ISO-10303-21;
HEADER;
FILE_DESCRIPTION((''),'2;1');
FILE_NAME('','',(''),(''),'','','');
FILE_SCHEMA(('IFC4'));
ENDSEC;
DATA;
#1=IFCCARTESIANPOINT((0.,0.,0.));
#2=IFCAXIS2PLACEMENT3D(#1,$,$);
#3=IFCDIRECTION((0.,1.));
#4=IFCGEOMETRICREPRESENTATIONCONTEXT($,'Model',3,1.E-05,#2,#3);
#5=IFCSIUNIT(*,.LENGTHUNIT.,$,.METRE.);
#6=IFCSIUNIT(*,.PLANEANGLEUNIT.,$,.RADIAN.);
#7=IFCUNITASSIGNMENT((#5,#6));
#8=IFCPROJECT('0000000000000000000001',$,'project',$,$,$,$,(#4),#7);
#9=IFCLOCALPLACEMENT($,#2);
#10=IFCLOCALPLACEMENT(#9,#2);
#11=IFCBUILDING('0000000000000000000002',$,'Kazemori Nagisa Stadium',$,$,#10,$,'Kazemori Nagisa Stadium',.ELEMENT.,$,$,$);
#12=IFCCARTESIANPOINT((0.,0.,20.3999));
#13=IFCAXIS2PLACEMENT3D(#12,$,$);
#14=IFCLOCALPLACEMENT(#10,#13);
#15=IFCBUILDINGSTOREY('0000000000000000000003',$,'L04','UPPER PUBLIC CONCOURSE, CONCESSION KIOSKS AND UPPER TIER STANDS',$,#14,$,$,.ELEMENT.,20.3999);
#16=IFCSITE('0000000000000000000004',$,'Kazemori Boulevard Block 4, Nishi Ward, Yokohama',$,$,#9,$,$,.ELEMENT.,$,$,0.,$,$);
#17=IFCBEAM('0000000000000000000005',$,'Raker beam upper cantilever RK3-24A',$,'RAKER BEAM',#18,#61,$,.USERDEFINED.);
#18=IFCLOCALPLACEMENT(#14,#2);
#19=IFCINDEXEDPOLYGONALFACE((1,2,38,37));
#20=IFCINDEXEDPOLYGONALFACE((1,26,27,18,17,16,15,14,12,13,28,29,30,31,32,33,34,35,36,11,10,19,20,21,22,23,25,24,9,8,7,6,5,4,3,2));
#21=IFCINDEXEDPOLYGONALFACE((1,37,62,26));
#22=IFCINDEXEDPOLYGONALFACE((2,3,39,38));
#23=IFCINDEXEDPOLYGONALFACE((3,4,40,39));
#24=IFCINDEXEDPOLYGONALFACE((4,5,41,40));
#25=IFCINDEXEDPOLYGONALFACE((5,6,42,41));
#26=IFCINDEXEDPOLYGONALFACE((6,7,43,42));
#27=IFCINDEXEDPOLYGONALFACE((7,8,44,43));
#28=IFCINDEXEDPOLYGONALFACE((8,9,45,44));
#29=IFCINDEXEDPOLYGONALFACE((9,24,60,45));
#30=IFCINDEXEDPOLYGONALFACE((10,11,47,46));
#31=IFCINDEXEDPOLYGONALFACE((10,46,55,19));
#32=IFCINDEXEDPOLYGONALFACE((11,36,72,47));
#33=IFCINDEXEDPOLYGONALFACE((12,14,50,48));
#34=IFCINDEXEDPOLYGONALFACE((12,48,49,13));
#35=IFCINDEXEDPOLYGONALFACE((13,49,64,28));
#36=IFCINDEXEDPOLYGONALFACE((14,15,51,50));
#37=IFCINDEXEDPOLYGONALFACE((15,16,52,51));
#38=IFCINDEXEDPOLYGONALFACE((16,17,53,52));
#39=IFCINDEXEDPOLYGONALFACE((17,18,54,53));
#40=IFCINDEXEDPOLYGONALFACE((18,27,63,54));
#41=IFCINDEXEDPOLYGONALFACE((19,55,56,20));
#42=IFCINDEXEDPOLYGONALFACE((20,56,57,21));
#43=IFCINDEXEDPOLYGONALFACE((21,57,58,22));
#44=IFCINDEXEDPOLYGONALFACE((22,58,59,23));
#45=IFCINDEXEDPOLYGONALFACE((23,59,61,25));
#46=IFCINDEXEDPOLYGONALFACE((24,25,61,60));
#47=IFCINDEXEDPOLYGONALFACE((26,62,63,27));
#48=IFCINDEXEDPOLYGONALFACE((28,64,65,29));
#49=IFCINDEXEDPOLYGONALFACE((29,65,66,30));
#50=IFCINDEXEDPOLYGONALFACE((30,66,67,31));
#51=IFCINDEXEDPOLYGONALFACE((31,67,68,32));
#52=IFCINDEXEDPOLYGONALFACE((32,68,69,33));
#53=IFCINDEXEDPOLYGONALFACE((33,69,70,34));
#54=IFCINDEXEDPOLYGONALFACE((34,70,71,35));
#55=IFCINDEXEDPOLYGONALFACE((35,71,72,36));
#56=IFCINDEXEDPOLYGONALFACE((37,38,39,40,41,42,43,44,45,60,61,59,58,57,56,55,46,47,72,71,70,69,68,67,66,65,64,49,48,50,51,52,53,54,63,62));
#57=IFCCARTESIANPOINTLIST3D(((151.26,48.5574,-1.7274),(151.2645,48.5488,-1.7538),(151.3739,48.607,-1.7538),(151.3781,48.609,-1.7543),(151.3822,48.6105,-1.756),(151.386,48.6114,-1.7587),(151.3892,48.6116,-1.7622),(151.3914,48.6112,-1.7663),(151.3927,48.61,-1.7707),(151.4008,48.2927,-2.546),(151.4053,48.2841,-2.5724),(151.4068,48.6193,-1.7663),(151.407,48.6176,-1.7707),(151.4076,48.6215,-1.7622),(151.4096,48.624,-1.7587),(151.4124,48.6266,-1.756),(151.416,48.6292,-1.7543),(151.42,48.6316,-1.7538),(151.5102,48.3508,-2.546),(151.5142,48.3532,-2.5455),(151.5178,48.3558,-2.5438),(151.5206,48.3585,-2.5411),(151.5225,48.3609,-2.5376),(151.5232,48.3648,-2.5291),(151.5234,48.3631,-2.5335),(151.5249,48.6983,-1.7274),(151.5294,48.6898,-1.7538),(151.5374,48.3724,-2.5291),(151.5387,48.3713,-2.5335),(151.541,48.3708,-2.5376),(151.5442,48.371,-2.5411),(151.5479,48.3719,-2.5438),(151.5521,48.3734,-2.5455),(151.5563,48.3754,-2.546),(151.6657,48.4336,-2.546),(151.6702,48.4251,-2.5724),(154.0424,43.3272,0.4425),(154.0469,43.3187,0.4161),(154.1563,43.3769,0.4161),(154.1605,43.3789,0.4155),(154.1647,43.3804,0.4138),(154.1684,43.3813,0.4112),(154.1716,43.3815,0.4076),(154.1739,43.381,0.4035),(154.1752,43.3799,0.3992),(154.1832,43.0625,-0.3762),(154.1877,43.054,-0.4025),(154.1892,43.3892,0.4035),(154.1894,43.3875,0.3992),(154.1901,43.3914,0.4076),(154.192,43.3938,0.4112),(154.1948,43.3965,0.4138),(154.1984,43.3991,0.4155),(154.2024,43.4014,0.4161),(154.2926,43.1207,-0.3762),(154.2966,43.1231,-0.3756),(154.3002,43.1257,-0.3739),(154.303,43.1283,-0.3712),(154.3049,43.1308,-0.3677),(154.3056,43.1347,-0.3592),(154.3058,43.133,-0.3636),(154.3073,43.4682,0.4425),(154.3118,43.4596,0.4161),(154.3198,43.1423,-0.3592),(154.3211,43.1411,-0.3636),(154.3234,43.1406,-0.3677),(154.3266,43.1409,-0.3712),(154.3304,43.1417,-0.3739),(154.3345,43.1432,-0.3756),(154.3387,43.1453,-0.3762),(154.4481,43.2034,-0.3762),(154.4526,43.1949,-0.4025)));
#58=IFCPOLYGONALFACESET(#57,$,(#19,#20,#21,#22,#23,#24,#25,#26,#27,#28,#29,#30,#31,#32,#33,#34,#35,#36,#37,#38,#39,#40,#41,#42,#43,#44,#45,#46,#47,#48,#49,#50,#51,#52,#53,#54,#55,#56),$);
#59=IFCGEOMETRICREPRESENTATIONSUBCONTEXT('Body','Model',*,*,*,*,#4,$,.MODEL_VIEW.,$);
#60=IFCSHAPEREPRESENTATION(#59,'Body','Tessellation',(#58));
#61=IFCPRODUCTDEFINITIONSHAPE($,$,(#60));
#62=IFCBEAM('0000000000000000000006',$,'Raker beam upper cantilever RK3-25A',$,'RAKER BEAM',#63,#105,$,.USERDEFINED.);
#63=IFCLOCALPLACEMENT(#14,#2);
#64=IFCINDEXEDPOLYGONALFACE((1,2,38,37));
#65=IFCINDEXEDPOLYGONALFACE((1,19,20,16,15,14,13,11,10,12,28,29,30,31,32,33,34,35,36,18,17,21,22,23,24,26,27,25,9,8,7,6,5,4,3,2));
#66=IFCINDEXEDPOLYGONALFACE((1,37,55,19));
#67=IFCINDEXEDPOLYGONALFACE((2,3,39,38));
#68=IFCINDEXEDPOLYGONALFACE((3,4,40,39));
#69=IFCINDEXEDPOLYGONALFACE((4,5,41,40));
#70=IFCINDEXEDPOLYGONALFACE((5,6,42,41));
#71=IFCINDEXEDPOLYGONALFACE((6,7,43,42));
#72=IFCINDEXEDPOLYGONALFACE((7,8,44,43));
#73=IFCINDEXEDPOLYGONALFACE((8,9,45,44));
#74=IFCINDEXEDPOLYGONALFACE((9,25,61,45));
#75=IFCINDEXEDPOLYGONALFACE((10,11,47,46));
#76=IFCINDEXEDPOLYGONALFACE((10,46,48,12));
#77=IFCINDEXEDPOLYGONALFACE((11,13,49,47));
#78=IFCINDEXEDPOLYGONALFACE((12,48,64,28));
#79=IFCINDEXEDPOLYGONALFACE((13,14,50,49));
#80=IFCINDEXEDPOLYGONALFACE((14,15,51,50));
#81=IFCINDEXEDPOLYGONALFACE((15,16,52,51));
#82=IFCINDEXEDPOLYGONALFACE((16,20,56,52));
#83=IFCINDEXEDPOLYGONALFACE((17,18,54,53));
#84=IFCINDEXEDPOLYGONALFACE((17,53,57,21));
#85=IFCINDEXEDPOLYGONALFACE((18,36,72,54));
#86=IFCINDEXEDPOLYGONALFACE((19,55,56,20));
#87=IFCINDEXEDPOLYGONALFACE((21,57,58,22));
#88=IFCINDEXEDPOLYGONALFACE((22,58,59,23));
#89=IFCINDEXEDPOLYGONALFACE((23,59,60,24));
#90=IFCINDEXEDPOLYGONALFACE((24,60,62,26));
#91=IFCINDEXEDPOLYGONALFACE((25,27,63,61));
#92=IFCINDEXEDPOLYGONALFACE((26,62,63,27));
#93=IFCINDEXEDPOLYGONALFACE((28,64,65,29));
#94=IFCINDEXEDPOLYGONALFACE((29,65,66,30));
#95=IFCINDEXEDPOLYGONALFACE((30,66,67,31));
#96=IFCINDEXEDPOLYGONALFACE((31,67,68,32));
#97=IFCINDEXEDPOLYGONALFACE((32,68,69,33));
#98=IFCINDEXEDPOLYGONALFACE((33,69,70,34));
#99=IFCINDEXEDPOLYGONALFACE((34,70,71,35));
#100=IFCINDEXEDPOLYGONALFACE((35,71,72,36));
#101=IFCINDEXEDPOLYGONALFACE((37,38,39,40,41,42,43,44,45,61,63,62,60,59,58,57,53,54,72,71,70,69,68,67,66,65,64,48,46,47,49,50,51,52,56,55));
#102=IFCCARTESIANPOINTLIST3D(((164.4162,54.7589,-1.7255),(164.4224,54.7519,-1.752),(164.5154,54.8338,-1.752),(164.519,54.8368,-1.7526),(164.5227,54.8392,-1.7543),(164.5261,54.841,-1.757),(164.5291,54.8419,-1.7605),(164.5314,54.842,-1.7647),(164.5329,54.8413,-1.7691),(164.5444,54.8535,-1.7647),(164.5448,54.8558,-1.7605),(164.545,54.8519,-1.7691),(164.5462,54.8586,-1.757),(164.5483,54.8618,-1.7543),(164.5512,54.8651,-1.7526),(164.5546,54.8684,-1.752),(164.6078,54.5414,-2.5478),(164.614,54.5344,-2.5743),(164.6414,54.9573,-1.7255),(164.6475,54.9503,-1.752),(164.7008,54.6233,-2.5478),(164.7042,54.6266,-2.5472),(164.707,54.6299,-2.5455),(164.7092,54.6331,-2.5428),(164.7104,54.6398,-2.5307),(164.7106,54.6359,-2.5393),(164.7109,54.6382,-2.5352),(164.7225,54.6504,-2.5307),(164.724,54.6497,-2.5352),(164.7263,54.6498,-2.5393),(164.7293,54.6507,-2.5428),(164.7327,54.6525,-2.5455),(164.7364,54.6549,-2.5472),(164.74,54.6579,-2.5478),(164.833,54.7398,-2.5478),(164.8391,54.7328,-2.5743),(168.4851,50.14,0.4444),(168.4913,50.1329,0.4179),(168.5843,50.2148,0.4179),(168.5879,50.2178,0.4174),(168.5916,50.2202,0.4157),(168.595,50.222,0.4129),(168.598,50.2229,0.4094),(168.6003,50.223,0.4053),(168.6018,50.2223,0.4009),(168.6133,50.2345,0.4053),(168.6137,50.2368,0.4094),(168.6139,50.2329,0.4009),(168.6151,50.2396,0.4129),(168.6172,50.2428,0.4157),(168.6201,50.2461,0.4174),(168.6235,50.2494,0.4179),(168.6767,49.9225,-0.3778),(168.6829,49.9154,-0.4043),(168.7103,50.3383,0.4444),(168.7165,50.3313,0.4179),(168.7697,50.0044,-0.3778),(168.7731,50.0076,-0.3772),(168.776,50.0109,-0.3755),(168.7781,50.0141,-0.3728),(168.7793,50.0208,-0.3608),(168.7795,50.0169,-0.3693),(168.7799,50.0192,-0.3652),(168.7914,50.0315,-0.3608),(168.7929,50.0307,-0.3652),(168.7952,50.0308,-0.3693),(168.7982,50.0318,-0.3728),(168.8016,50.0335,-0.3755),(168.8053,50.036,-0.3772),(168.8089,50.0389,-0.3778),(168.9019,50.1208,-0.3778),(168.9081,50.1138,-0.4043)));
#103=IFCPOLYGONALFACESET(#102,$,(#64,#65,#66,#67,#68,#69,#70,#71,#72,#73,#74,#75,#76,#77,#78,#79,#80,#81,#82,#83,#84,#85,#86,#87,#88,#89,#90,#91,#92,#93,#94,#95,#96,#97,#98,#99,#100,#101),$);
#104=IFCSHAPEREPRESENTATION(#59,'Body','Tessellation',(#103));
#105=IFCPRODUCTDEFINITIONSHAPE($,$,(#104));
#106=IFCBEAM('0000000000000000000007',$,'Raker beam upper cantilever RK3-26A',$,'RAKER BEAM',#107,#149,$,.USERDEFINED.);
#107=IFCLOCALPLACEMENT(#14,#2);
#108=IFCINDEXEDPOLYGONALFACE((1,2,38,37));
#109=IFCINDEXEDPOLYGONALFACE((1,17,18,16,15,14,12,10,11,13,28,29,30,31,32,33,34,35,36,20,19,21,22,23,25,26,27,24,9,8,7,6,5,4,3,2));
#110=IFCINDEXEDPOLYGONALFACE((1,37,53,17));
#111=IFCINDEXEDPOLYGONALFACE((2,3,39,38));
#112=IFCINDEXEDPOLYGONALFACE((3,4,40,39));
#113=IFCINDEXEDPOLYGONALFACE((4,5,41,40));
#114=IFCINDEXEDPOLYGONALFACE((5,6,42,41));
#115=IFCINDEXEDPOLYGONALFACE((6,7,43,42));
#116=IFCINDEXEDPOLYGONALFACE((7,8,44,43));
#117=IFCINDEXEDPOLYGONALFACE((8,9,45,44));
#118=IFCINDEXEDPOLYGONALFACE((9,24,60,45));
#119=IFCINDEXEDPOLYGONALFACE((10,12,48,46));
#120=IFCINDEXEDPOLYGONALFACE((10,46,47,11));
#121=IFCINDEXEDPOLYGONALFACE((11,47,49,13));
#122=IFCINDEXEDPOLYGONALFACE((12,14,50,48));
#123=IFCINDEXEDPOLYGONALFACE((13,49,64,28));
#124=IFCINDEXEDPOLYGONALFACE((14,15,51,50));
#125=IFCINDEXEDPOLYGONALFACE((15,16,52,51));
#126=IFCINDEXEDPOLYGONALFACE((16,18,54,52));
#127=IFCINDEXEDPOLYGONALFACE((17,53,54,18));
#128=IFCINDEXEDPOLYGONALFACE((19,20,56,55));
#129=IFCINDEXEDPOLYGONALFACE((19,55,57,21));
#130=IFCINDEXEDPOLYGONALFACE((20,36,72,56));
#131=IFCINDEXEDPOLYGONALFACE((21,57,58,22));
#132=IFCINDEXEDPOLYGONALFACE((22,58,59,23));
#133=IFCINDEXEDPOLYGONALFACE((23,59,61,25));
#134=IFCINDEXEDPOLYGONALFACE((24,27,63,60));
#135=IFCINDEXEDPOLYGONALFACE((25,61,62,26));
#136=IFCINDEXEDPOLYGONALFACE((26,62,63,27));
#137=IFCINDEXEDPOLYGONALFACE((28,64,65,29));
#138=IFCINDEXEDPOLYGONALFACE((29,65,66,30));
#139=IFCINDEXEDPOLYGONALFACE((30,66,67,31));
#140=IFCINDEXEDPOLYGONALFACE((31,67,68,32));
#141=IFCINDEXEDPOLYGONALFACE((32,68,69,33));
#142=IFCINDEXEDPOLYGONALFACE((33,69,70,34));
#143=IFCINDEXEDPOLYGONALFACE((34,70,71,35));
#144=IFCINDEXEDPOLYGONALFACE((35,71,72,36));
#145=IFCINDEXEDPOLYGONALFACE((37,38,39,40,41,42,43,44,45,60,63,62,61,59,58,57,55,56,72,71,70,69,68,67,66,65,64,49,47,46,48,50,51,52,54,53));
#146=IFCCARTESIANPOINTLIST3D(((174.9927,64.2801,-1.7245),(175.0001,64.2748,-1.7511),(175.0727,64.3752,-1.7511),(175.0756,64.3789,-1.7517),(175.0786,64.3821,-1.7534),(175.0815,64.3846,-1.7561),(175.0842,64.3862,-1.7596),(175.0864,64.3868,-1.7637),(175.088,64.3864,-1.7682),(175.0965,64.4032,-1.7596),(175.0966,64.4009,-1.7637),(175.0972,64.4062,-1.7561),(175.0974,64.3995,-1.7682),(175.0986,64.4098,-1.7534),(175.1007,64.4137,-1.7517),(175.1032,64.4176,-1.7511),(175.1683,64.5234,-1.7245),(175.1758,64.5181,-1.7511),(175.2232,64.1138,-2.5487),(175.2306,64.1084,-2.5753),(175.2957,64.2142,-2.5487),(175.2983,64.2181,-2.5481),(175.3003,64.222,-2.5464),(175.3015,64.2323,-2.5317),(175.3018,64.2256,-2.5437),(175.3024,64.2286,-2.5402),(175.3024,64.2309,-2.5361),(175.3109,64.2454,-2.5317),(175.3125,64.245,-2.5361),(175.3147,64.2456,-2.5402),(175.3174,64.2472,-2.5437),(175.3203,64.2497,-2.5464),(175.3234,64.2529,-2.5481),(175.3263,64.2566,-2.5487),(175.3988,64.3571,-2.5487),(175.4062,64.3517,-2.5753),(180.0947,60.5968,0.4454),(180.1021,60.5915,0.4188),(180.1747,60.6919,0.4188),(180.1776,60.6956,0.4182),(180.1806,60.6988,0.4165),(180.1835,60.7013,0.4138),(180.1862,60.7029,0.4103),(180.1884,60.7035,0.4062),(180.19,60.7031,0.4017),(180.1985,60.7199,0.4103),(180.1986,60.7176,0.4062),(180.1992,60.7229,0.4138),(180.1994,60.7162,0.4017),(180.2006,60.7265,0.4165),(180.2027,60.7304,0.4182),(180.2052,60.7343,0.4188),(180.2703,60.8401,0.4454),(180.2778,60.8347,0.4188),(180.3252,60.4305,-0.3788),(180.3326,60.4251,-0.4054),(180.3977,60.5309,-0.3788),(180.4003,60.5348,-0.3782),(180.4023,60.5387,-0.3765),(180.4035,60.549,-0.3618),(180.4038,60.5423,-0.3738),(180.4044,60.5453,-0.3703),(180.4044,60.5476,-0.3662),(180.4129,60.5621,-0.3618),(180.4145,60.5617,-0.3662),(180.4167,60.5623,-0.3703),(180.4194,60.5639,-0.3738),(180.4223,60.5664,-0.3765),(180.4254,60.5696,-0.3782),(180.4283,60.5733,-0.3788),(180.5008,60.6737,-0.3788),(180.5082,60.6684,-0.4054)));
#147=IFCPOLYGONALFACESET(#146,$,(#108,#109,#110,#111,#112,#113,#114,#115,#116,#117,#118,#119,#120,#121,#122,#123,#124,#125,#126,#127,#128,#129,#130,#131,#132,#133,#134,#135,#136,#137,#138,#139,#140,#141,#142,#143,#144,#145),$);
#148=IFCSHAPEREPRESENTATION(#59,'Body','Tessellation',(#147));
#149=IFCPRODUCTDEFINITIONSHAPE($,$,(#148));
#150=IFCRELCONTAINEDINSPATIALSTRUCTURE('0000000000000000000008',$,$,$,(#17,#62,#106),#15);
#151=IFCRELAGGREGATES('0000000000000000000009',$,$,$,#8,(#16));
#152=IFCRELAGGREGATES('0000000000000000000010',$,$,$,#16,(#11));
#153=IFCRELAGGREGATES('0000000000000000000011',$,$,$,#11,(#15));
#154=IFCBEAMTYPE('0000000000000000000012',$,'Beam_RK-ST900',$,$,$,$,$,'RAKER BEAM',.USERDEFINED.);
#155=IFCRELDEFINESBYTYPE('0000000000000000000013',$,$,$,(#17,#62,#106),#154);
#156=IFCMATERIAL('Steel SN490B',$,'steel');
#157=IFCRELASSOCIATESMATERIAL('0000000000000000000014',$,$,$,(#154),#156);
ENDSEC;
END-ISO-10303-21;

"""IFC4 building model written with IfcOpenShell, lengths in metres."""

from ifc_helpers import new_model, si_unit, direction, frame, origin, origin_2d, place, context, subcontext, project, spatial, i_section, extrude, material, material_profile, profile_set, type_object, element, save


model = new_model("IFC4")

# Units and contexts
model_context = context("Model", 3, precision=1e-05, world=origin(), true_north=direction((0.0, 1.0)))
body_context = subcontext(model_context, "Body", "Model", "MODEL_VIEW")
ifc_project = project(units=[si_unit("LENGTHUNIT", "METRE"), si_unit("PLANEANGLEUNIT", "RADIAN")], contexts=[model_context])

# Site, building, storey
site_placement = place(None, origin())
site = spatial("IfcSite", under=ifc_project, at=site_placement, Name="Kazemori Boulevard Block 4, Nishi Ward, Yokohama", CompositionType="ELEMENT", RefElevation=0.0)
building_placement = place(site_placement, origin())
building = spatial("IfcBuilding", under=site, at=building_placement, Name="Kazemori Nagisa Stadium", LongName="Kazemori Nagisa Stadium", CompositionType="ELEMENT")
storey_placement = place(building_placement, frame((0.0, 0.0, 20.3999)))
storey = spatial("IfcBuildingStorey", under=building, at=storey_placement, Name="L04", Description="UPPER PUBLIC CONCOURSE, CONCESSION KIOSKS AND UPPER TIER STANDS", CompositionType="ELEMENT", Elevation=20.3999)

# Beams
ifc_material_1 = material(Name="Steel SN490B", Category="steel")
ifc_material_profile_1 = material_profile(ifc_material_1, i_section(OverallWidth=0.3, OverallDepth=0.8999, WebThickness=0.0161, FlangeThickness=0.0281, FilletRadius=0.0181, at=origin_2d()), Name="H-900x300x16x28")
ifc_profile_set_1 = profile_set([ifc_material_profile_1], Name="Steel SN490B")
beam_type_1 = type_object("IfcBeamType", Name="Beam_RK-ST900", ElementType="RAKER BEAM", PredefinedType="USERDEFINED", material=ifc_profile_set_1)
beam_1_placement = place(storey_placement, frame((151.4651, 48.4912, -2.1499), z_axis=(0.441018, -0.828984, 0.34393), x_axis=(0.882842, 0.46967, 0.0)))
element("IfcBeam", 1, at=beam_1_placement, inside=storey, type_object=beam_type_1, Name="Raker beam upper cantilever RK3-24A", ObjectType="RAKER BEAM", PredefinedType="USERDEFINED", context=body_context, shape_type="SweptSolid", body=[
    extrude(i_section(OverallWidth=0.3, OverallDepth=0.8999, WebThickness=0.0161, FlangeThickness=0.0281, FilletRadius=0.0181, at=origin_2d()), origin(), (0.0, 0.0, 1.0), 6.3091),
])
beam_2_placement = place(storey_placement, frame((164.6277, 54.7458, -2.1499), z_axis=(0.623412, -0.707689, 0.332467), x_axis=(0.750374, 0.661014, 0.0)))
element("IfcBeam", 2, at=beam_2_placement, inside=storey, type_object=beam_type_1, Name="Raker beam upper cantilever RK3-25A", ObjectType="RAKER BEAM", PredefinedType="USERDEFINED", context=body_context, shape_type="SweptSolid", body=[
    extrude(i_section(OverallWidth=0.3, OverallDepth=0.8999, WebThickness=0.0161, FlangeThickness=0.0281, FilletRadius=0.0181, at=origin_2d()), origin(), (0.0, 0.0, 1.0), 6.5269),
])
beam_3_placement = place(storey_placement, frame((175.1995, 64.3159, -2.1499), z_axis=(0.766498, -0.553362, 0.325994), x_axis=(0.585338, 0.81079, 0.0)))
element("IfcBeam", 3, at=beam_3_placement, inside=storey, type_object=beam_type_1, Name="Raker beam upper cantilever RK3-26A", ObjectType="RAKER BEAM", PredefinedType="USERDEFINED", context=body_context, shape_type="SweptSolid", body=[
    extrude(i_section(OverallWidth=0.3, OverallDepth=0.8999, WebThickness=0.0161, FlangeThickness=0.0281, FilletRadius=0.0181, at=origin_2d()), origin(), (0.0, 0.0, 1.0), 6.6562),
])

save(model, "model.ifc")
